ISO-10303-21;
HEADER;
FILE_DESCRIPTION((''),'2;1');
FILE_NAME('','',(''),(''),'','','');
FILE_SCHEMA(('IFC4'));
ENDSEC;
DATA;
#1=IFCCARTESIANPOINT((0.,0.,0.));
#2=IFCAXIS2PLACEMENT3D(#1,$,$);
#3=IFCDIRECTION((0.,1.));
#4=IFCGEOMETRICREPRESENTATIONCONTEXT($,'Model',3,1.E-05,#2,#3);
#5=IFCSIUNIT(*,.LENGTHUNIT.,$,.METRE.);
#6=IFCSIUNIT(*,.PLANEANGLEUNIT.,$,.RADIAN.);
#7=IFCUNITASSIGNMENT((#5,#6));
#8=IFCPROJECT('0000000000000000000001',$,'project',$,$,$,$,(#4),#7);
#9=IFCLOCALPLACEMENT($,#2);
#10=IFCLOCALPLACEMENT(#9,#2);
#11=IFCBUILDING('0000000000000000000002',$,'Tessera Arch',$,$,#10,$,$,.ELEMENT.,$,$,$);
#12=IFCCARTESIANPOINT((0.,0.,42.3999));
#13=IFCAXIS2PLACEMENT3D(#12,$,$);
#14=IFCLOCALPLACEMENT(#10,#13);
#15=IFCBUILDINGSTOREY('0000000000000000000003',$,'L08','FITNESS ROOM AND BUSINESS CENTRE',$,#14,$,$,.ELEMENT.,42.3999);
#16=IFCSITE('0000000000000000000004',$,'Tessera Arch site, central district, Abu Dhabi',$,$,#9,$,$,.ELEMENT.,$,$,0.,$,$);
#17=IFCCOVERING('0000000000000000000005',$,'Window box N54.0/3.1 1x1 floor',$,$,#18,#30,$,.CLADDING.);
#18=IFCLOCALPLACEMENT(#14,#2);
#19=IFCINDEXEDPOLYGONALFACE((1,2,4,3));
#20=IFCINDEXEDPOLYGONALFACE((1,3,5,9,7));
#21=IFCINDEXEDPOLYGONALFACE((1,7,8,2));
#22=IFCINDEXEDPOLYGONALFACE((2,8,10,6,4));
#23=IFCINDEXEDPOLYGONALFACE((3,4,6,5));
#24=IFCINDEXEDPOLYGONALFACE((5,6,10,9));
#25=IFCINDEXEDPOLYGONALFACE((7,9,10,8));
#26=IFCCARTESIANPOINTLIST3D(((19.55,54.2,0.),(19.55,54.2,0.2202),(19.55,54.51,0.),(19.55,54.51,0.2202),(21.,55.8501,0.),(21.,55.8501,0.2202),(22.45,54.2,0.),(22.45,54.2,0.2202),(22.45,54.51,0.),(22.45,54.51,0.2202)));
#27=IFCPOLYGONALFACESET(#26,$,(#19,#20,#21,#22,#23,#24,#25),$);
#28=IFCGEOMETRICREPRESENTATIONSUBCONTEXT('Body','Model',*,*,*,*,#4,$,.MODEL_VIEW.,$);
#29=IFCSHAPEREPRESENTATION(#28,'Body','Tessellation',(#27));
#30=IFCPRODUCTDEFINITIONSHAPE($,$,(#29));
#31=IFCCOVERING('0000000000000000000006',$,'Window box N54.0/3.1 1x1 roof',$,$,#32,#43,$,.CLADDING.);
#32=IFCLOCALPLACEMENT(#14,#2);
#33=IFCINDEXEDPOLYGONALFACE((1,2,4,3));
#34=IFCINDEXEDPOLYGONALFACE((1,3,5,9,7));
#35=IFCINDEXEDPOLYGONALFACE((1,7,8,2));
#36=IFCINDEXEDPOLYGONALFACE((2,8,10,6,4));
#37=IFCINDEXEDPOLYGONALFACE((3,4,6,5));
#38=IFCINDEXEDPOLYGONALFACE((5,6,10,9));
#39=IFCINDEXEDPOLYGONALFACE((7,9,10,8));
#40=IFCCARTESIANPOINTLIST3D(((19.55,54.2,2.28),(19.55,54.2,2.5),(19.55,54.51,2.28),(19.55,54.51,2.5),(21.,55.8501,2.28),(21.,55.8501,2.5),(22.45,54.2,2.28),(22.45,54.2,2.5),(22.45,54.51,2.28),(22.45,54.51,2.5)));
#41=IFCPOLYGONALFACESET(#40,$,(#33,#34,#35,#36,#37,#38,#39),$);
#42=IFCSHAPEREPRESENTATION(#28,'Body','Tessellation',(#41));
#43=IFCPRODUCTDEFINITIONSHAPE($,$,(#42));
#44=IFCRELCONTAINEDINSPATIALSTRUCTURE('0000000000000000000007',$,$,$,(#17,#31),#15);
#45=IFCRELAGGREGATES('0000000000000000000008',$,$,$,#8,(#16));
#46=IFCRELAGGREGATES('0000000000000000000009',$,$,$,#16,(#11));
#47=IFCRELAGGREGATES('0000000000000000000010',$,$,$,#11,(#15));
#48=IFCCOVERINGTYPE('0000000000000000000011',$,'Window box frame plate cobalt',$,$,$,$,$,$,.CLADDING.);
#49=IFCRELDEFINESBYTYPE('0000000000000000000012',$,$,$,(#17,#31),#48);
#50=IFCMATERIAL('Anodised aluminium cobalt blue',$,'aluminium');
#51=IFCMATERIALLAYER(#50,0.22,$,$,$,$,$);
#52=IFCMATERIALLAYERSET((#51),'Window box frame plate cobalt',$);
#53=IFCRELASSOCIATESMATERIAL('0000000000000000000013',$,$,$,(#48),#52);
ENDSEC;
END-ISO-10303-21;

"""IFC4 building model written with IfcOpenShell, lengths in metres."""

from ifc_helpers import new_model, si_unit, direction, frame, origin, place, context, subcontext, project, spatial, polyline, outline, extrude, material, layer, layer_set, type_object, element, save


model = new_model("IFC4")

# Units and contexts
model_context = context("Model", 3, precision=1e-05, world=origin(), true_north=direction((0.0, 1.0)))
body_context = subcontext(model_context, "Body", "Model", "MODEL_VIEW")
ifc_project = project(units=[si_unit("LENGTHUNIT", "METRE"), si_unit("PLANEANGLEUNIT", "RADIAN")], contexts=[model_context])

# Site, building, storey
site_placement = place(None, origin())
site = spatial("IfcSite", under=ifc_project, at=site_placement, Name="Tessera Arch site, central district, Abu Dhabi", CompositionType="ELEMENT", RefElevation=0.0)
building_placement = place(site_placement, origin())
building = spatial("IfcBuilding", under=site, at=building_placement, Name="Tessera Arch", CompositionType="ELEMENT")
storey_placement = place(building_placement, frame((0.0, 0.0, 42.3999)))
storey = spatial("IfcBuildingStorey", under=building, at=storey_placement, Name="L08", Description="FITNESS ROOM AND BUSINESS CENTRE", CompositionType="ELEMENT", Elevation=42.3999)

# Coverings
ifc_material_1 = material(Name="Anodised aluminium cobalt blue", Category="aluminium")
ifc_layer_1 = layer(ifc_material_1, 0.22)
ifc_layer_set_1 = layer_set([ifc_layer_1], Name="Window box frame plate cobalt")
covering_type_1 = type_object("IfcCoveringType", Name="Window box frame plate cobalt", PredefinedType="CLADDING", material=ifc_layer_set_1)
covering_1_placement = place(storey_placement, origin())
element("IfcCovering", 1, at=covering_1_placement, inside=storey, type_object=covering_type_1, Name="Window box N54.0/3.1 1x1 floor", PredefinedType="CLADDING", context=body_context, shape_type="SweptSolid", body=[
    extrude(outline(polyline([(22.45, 54.51), (21.0, 55.8501), (19.55, 54.51), (19.55, 54.2), (22.45, 54.2), (22.45, 54.51)])), origin(), (0.0, 0.0, 1.0), 0.2202),
])
covering_2_placement = place(storey_placement, frame((0.0, 0.0, 2.28)))
element("IfcCovering", 2, at=covering_2_placement, inside=storey, type_object=covering_type_1, Name="Window box N54.0/3.1 1x1 roof", PredefinedType="CLADDING", context=body_context, shape_type="SweptSolid", body=[
    extrude(outline(polyline([(22.45, 54.51), (21.0, 55.8501), (19.55, 54.51), (19.55, 54.2), (22.45, 54.2), (22.45, 54.51)])), origin(), (0.0, 0.0, 1.0), 0.22),
])

save(model, "model.ifc")
